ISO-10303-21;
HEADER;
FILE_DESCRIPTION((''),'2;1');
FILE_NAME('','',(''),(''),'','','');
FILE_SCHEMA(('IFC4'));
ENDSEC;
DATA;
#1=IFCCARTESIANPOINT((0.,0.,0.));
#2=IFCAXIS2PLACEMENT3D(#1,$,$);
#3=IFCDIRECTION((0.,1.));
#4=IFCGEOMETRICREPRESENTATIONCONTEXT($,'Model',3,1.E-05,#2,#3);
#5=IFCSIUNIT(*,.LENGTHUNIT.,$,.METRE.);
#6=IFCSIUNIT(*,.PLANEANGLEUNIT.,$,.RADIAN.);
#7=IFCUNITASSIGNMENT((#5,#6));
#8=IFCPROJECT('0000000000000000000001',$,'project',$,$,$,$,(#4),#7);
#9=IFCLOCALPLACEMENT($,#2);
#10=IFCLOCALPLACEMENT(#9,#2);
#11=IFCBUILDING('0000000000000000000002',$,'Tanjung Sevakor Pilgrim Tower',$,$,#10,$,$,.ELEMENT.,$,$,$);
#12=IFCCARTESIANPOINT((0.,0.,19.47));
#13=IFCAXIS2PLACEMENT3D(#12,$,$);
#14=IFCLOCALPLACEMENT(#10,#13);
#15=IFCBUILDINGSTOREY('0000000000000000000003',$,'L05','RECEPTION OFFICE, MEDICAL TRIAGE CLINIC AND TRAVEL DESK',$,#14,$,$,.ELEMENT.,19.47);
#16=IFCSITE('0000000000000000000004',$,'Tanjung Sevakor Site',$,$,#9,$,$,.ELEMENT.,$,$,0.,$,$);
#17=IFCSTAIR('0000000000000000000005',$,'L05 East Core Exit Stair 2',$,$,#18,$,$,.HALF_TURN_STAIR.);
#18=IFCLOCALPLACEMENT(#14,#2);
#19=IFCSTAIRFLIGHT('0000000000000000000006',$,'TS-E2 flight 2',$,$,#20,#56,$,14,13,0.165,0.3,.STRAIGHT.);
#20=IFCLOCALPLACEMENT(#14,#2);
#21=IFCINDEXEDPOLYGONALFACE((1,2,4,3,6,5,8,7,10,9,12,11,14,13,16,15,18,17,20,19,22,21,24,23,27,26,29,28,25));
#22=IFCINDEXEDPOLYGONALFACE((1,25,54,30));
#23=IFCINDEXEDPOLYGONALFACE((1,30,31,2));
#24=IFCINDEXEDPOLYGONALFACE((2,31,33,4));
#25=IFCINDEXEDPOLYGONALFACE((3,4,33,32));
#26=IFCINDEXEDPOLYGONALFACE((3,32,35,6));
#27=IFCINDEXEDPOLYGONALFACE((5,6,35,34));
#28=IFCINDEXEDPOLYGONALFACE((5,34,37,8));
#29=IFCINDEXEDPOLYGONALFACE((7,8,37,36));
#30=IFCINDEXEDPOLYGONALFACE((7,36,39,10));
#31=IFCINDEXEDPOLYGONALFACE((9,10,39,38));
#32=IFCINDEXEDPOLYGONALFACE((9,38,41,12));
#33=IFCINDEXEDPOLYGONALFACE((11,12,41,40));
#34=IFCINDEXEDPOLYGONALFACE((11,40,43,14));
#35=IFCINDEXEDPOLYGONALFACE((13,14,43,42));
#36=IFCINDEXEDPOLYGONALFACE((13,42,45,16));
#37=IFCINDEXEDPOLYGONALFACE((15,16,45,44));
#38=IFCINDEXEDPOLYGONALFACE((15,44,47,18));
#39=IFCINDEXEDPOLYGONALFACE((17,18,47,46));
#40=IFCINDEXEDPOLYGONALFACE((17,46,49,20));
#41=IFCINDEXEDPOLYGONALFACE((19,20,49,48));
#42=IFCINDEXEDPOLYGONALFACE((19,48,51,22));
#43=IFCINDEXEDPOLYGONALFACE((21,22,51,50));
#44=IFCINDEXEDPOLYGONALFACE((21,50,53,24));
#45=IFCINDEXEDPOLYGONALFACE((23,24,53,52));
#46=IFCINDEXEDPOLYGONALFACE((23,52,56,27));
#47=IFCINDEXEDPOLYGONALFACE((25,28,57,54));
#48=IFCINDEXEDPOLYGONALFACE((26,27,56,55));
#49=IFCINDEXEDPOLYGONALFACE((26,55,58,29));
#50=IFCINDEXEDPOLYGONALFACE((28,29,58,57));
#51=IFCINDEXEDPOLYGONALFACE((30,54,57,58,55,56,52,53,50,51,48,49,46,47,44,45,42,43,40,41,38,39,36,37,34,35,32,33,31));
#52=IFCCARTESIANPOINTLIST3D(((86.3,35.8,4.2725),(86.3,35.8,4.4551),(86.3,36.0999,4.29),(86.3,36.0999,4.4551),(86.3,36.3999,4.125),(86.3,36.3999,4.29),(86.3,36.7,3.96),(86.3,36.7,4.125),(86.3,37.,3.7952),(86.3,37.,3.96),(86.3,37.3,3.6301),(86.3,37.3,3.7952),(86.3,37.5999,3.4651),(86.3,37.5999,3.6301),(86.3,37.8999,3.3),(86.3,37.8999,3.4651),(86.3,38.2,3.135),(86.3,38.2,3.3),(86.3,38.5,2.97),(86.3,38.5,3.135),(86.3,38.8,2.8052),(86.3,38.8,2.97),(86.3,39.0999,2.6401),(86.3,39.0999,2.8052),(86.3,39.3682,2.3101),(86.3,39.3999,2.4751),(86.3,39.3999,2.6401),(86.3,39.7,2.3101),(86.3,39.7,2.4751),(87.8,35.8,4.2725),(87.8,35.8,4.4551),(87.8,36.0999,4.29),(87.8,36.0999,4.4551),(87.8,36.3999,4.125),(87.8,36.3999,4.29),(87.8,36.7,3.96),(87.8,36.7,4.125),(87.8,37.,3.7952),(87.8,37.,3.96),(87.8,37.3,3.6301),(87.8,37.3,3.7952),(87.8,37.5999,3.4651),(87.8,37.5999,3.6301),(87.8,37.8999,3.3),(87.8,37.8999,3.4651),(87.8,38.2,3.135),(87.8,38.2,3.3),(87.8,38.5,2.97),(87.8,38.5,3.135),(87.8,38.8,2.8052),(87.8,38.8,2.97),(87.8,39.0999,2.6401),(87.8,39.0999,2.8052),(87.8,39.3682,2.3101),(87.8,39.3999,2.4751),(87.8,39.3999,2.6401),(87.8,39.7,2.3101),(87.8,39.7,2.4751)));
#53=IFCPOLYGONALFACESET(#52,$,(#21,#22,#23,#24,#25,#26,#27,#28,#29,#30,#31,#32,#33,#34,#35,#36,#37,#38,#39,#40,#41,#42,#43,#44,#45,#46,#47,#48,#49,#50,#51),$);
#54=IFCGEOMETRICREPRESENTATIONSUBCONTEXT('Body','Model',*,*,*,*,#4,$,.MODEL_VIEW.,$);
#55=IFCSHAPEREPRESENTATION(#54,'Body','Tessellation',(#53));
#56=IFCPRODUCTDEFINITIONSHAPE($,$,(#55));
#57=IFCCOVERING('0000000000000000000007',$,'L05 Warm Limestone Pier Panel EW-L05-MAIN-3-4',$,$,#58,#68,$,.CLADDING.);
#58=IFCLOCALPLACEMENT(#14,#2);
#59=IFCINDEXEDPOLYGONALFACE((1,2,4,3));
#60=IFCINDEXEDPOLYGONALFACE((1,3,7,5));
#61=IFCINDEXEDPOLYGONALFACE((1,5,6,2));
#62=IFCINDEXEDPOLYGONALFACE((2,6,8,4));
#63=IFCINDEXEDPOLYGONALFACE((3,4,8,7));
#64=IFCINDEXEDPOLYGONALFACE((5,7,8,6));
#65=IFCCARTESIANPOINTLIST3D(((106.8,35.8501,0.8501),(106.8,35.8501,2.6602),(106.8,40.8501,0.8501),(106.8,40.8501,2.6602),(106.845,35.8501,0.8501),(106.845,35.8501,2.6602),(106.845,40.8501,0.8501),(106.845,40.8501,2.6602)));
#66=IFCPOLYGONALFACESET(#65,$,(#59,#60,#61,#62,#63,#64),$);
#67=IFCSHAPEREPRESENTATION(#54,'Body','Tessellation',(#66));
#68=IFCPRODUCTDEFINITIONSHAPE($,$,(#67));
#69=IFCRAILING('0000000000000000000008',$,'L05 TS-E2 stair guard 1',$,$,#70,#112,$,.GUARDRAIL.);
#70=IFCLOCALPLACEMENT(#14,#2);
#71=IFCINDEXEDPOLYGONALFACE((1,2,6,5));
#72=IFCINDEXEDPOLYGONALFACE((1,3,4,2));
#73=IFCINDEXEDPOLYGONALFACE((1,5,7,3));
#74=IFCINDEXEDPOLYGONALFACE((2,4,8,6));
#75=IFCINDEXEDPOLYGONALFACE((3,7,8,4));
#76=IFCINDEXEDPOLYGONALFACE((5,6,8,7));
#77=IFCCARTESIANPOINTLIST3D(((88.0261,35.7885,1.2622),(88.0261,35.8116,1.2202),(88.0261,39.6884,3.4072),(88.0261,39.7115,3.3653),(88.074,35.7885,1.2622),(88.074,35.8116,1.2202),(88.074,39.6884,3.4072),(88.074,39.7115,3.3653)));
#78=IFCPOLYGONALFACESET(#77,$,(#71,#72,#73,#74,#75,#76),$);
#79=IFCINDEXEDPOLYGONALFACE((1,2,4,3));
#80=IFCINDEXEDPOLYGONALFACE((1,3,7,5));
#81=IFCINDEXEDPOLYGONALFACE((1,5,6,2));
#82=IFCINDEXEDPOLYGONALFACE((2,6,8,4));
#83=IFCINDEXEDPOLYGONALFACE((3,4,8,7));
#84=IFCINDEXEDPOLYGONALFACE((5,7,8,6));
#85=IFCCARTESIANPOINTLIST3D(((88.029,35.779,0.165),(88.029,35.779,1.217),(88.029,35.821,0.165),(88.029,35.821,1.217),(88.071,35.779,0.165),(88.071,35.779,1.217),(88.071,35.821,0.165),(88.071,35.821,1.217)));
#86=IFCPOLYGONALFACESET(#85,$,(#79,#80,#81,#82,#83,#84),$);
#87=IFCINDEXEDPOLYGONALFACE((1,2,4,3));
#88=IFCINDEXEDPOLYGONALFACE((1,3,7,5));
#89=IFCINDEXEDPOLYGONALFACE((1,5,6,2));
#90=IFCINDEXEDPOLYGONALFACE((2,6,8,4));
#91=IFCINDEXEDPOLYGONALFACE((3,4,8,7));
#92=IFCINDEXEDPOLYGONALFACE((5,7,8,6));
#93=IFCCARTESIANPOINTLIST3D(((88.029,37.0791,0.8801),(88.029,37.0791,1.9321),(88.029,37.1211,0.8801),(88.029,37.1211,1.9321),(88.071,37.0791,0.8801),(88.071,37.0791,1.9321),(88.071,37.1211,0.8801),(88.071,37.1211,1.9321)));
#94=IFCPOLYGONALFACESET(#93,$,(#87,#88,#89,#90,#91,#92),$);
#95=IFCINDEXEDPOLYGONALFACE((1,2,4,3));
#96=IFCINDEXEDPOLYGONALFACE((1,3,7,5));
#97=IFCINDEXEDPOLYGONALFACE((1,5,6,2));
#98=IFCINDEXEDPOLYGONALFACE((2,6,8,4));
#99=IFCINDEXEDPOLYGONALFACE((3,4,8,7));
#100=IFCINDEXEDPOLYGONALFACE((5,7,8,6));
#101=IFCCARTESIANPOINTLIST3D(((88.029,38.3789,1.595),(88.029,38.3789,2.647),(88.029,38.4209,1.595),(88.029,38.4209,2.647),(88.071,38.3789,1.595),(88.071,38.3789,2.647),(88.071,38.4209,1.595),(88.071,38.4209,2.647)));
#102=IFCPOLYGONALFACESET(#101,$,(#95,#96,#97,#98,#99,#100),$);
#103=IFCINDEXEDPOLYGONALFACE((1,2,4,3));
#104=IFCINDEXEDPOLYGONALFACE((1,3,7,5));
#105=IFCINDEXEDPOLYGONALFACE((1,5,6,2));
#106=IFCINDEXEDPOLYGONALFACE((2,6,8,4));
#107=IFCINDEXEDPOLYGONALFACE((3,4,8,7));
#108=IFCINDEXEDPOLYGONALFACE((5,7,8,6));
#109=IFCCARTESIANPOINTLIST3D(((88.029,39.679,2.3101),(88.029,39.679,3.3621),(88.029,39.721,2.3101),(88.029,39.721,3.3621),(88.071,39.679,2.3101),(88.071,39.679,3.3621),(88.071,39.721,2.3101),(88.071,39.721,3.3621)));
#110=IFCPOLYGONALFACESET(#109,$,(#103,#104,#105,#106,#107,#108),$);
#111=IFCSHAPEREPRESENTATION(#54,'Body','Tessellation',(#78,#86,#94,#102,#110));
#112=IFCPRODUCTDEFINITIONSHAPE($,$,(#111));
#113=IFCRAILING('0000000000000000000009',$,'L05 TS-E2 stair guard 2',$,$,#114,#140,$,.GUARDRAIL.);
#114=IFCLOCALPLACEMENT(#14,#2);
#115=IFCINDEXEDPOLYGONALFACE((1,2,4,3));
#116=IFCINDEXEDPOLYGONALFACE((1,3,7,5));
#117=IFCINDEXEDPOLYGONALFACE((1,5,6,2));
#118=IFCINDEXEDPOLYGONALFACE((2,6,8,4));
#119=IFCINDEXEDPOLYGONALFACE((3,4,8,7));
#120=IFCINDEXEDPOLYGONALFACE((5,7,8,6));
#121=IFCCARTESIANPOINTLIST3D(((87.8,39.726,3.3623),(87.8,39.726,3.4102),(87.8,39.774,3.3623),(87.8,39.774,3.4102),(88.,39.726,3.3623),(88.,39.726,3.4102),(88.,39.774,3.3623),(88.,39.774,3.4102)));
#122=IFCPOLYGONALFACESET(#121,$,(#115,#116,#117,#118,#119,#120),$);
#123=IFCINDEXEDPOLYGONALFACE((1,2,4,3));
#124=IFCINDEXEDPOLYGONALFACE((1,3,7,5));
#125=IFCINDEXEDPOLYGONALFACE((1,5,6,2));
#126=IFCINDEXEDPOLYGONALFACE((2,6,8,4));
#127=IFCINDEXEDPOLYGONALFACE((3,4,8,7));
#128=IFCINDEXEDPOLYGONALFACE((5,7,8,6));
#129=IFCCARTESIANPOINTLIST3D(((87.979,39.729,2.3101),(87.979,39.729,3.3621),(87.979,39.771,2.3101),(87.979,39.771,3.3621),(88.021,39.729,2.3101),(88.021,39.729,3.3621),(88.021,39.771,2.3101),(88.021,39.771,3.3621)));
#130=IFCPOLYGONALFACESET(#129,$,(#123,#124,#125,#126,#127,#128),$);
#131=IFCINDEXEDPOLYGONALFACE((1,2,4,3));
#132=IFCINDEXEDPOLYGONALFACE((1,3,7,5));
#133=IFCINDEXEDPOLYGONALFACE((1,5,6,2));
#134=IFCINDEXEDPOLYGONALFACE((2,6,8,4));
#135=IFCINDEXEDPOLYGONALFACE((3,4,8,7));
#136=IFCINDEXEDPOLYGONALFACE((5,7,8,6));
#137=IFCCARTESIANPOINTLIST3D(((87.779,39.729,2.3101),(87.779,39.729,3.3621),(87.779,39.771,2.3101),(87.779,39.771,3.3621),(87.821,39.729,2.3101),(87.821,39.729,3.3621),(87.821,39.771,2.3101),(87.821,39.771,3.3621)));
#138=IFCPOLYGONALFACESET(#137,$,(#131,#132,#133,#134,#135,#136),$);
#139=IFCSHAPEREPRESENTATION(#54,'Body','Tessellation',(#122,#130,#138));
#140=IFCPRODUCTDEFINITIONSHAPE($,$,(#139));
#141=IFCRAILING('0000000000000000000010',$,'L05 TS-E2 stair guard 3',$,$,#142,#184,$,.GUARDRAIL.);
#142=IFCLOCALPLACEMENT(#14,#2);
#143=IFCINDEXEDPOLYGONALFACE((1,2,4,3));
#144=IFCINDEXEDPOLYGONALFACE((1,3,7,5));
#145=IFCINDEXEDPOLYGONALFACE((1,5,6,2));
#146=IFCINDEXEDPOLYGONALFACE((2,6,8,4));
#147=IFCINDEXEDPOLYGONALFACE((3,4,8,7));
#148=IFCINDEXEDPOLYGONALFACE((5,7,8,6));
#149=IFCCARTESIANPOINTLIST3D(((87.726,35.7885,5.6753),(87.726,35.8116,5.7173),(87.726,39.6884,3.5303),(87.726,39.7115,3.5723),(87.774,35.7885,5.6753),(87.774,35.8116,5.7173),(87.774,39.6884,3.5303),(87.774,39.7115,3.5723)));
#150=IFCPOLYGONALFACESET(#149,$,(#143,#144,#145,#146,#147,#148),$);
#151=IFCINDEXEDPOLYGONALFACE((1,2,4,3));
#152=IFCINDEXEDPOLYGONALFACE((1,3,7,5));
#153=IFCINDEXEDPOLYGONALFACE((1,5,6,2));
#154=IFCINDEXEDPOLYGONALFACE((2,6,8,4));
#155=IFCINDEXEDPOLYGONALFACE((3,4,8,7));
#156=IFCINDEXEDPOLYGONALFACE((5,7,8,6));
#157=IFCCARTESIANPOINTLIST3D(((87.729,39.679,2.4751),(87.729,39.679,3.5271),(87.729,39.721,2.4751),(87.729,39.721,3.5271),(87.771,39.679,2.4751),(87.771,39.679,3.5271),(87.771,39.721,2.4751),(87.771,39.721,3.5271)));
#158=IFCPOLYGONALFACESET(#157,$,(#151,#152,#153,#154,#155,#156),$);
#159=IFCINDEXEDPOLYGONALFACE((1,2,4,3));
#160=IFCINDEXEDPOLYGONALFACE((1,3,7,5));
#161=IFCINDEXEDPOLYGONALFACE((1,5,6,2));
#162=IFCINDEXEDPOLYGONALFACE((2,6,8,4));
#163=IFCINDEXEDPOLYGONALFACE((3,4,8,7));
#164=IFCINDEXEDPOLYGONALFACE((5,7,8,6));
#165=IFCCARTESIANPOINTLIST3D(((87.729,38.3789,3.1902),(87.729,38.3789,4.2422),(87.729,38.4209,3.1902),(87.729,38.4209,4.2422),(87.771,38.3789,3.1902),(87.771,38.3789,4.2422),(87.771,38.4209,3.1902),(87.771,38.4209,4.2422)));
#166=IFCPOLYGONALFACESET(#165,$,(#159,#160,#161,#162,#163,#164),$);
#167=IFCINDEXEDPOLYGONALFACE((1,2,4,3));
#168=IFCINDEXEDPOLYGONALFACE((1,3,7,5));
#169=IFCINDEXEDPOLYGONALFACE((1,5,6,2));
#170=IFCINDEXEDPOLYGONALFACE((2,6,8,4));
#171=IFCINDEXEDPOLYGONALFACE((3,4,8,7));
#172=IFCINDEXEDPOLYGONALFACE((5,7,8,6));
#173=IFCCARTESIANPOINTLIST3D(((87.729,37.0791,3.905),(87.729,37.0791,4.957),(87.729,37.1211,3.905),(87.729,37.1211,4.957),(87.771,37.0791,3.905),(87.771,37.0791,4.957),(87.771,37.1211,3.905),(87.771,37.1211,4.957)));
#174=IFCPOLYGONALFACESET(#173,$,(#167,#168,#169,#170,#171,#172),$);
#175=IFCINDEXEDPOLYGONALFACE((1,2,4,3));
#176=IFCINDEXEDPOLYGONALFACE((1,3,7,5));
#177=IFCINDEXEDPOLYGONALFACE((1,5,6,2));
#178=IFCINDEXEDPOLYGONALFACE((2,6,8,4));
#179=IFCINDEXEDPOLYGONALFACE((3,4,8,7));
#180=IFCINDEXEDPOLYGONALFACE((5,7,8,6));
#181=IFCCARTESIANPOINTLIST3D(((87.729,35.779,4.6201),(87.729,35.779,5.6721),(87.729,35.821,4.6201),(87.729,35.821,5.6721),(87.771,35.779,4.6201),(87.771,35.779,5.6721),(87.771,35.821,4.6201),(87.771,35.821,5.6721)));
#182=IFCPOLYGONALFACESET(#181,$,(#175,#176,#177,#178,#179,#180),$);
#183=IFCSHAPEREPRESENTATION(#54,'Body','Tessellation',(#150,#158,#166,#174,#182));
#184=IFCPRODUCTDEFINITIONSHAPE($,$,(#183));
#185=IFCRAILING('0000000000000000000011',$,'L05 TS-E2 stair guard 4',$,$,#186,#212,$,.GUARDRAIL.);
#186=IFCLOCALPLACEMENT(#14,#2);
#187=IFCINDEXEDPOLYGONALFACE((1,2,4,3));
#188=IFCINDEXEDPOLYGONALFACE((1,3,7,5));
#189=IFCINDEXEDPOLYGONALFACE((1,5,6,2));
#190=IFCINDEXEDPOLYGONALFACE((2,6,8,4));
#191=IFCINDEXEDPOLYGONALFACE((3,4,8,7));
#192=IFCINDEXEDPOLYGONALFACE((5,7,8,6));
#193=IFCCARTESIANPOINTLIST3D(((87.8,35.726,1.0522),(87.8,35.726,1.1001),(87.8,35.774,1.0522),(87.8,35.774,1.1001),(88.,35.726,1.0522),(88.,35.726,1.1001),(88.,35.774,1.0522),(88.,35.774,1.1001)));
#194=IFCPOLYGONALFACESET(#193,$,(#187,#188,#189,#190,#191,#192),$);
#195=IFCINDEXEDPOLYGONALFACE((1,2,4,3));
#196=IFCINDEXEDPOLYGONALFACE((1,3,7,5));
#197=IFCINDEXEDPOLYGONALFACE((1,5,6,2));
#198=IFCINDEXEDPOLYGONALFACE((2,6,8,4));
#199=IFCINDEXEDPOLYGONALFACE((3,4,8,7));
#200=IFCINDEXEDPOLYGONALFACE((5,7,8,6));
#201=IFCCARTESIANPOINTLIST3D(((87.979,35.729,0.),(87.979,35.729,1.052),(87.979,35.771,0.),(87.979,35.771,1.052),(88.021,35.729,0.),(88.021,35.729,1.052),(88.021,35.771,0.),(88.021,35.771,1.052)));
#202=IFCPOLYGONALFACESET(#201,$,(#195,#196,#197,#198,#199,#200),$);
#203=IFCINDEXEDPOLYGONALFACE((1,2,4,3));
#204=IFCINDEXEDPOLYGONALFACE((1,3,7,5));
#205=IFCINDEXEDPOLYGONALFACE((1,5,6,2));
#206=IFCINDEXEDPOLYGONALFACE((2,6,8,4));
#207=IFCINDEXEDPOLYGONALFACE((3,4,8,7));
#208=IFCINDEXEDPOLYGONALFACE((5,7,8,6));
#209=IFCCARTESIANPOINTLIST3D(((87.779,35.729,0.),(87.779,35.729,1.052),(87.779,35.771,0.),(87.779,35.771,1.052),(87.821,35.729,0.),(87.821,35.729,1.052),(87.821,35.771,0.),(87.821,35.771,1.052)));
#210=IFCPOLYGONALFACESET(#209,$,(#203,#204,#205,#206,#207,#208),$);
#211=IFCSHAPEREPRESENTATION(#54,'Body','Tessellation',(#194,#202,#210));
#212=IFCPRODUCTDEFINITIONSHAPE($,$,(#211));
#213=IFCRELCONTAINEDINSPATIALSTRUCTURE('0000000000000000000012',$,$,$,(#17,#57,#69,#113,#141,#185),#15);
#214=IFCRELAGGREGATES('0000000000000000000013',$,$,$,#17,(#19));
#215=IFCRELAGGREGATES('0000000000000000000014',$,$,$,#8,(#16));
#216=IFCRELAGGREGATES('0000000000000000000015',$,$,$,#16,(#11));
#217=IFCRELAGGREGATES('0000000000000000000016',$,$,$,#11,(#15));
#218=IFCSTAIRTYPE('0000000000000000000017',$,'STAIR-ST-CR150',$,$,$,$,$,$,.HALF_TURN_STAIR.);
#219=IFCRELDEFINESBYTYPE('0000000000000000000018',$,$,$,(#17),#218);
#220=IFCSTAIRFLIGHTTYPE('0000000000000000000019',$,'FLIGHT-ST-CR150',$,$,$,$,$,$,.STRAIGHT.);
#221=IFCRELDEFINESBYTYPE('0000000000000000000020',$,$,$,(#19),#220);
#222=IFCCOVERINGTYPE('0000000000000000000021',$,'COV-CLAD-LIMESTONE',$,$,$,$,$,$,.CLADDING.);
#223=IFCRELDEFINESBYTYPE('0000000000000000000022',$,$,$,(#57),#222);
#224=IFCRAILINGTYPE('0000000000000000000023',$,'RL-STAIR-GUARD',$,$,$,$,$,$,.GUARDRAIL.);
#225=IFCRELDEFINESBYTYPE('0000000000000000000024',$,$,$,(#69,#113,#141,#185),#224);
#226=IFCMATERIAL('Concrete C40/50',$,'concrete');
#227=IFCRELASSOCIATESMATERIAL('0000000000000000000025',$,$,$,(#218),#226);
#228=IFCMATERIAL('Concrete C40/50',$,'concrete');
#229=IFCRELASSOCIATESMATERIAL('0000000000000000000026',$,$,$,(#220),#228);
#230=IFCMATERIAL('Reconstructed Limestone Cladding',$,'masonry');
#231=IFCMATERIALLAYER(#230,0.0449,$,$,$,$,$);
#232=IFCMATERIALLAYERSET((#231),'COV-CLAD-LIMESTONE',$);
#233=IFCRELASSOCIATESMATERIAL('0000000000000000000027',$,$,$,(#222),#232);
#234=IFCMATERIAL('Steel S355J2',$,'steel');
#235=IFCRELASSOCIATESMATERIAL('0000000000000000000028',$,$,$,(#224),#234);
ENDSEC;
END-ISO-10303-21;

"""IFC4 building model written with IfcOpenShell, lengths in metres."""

from ifc_helpers import new_model, si_unit, direction, frame, origin, origin_2d, place, context, subcontext, project, spatial, polyline, rectangle, outline, extrude, material, layer, layer_set, type_object, element, aggregate, save


model = new_model("IFC4")

# Units and contexts
model_context = context("Model", 3, precision=1e-05, world=origin(), true_north=direction((0.0, 1.0)))
body_context = subcontext(model_context, "Body", "Model", "MODEL_VIEW")
ifc_project = project(units=[si_unit("LENGTHUNIT", "METRE"), si_unit("PLANEANGLEUNIT", "RADIAN")], contexts=[model_context])

# Site, building, storey
site_placement = place(None, origin())
site = spatial("IfcSite", under=ifc_project, at=site_placement, Name="Tanjung Sevakor Site", CompositionType="ELEMENT", RefElevation=0.0)
building_placement = place(site_placement, origin())
building = spatial("IfcBuilding", under=site, at=building_placement, Name="Tanjung Sevakor Pilgrim Tower", CompositionType="ELEMENT")
storey_placement = place(building_placement, frame((0.0, 0.0, 19.47)))
storey = spatial("IfcBuildingStorey", under=building, at=storey_placement, Name="L05", Description="RECEPTION OFFICE, MEDICAL TRIAGE CLINIC AND TRAVEL DESK", CompositionType="ELEMENT", Elevation=19.47)

# Stair, stair flight
ifc_material_1 = material(Name="Concrete C40/50", Category="concrete")
stair_type = type_object("IfcStairType", Name="STAIR-ST-CR150", PredefinedType="HALF_TURN_STAIR", material=ifc_material_1)
stair_placement = place(storey_placement, origin())
stair = element("IfcStair", 1, at=stair_placement, inside=storey, type_object=stair_type, Name="L05 East Core Exit Stair 2", PredefinedType="HALF_TURN_STAIR")
ifc_material_2 = material(Name="Concrete C40/50", Category="concrete")
stair_flight_type = type_object("IfcStairFlightType", Name="FLIGHT-ST-CR150", PredefinedType="STRAIGHT", material=ifc_material_2)
stair_flight_1_placement = place(storey_placement, frame((87.05, 39.7, 2.3101), z_axis=(0.0, 0.0, 1.0), x_axis=(0.0, -1.0, 0.0)))
stair_flight_1 = element("IfcStairFlight", 2, at=stair_flight_1_placement, type_object=stair_flight_type, Name="TS-E2 flight 2", NumberOfRisers=14, NumberOfTreads=13, PredefinedType="STRAIGHT", RiserHeight=0.165, TreadLength=0.3, context=body_context, shape_type="SweptSolid", body=[
    extrude(outline(polyline([(0.0, 0.0), (0.0, 0.165), (0.3, 0.165), (0.3, 0.3301), (0.6001, 0.3301), (0.6001, 0.4951), (0.8999, 0.4951), (0.8999, 0.6599), (1.2, 0.6599), (1.2, 0.825), (1.5, 0.825), (1.5, 0.99), (1.8, 0.99), (1.8, 1.155), (2.1001, 1.155), (2.1001, 1.3201), (2.3999, 1.3201), (2.3999, 1.4851), (2.7, 1.4851), (2.7, 1.6499), (3.0, 1.6499), (3.0, 1.8149), (3.3, 1.8149), (3.3, 1.98), (3.6001, 1.98), (3.6001, 2.145), (3.8999, 2.145), (3.8999, 2.3101), (3.8999, 1.9624), (0.3318, 0.0), (0.0, 0.0)])), frame((0.0, 0.75, 0.0), z_axis=(0.0, -1.0, 0.0), x_axis=(1.0, 0.0, 0.0)), (0.0, 0.0, 1.0), 1.5),
])
aggregate(stair, [stair_flight_1])

# Covering
ifc_material_3 = material(Name="Reconstructed Limestone Cladding", Category="masonry")
ifc_layer_1 = layer(ifc_material_3, 0.0449)
ifc_layer_set_1 = layer_set([ifc_layer_1], Name="COV-CLAD-LIMESTONE")
covering_type = type_object("IfcCoveringType", Name="COV-CLAD-LIMESTONE", PredefinedType="CLADDING", material=ifc_layer_set_1)
covering_placement = place(storey_placement, frame((106.8225, 38.3501, 0.8501), z_axis=(0.0, 0.0, 1.0), x_axis=(0.0, 1.0, 0.0)))
element("IfcCovering", 3, at=covering_placement, inside=storey, type_object=covering_type, Name="L05 Warm Limestone Pier Panel EW-L05-MAIN-3-4", PredefinedType="CLADDING", context=body_context, shape_type="SweptSolid", body=[
    extrude(rectangle(XDim=5.0, YDim=0.0449, at=origin_2d()), origin(), (0.0, 0.0, 1.0), 1.8101),
])

# Railings
ifc_material_4 = material(Name="Steel S355J2", Category="steel")
railing_type_1 = type_object("IfcRailingType", Name="RL-STAIR-GUARD", PredefinedType="GUARDRAIL", material=ifc_material_4)
railing_1_placement = place(storey_placement, frame((88.05, 35.8, 0.165)))
element("IfcRailing", 4, at=railing_1_placement, inside=storey, type_object=railing_type_1, Name="L05 TS-E2 stair guard 1", PredefinedType="GUARDRAIL", context=body_context, shape_type="SweptSolid", body=[
    extrude(rectangle(XDim=0.0479, YDim=0.0479), frame((0.0, 0.0, 1.0762), z_axis=(0.0, 0.876209, 0.481931), x_axis=(-1.0, 0.0, 0.0)), (0.0, 0.0, 1.0), 4.4509),
    extrude(rectangle(XDim=0.042, YDim=0.042), origin(), (0.0, 0.0, 1.0), 1.052),
    extrude(rectangle(XDim=0.042, YDim=0.042), frame((0.0, 1.3, 0.7151)), (0.0, 0.0, 1.0), 1.052),
    extrude(rectangle(XDim=0.042, YDim=0.042), frame((0.0, 2.5999, 1.4299)), (0.0, 0.0, 1.0), 1.052),
    extrude(rectangle(XDim=0.042, YDim=0.042), frame((0.0, 3.8999, 2.145)), (0.0, 0.0, 1.0), 1.052),
])
railing_2_placement = place(storey_placement, frame((88.0, 39.75, 2.3101)))
element("IfcRailing", 5, at=railing_2_placement, inside=storey, type_object=railing_type_1, Name="L05 TS-E2 stair guard 2", PredefinedType="GUARDRAIL", context=body_context, shape_type="SweptSolid", body=[
    extrude(rectangle(XDim=0.0479, YDim=0.0479), frame((0.0, 0.0, 1.0762), z_axis=(-1.0, 0.0, 0.0), x_axis=(0.0, -1.0, 0.0)), (0.0, 0.0, 1.0), 0.2),
    extrude(rectangle(XDim=0.042, YDim=0.042), origin(), (0.0, 0.0, 1.0), 1.052),
    extrude(rectangle(XDim=0.042, YDim=0.042), frame((-0.2, 0.0, 0.0)), (0.0, 0.0, 1.0), 1.052),
])
railing_3_placement = place(storey_placement, frame((87.75, 39.7, 2.4751)))
element("IfcRailing", 6, at=railing_3_placement, inside=storey, type_object=railing_type_1, Name="L05 TS-E2 stair guard 3", PredefinedType="GUARDRAIL", context=body_context, shape_type="SweptSolid", body=[
    extrude(rectangle(XDim=0.0479, YDim=0.0479), frame((0.0, 0.0, 1.0762), z_axis=(0.0, -0.876209, 0.481931), x_axis=(1.0, 0.0, 0.0)), (0.0, 0.0, 1.0), 4.4509),
    extrude(rectangle(XDim=0.042, YDim=0.042), origin(), (0.0, 0.0, 1.0), 1.052),
    extrude(rectangle(XDim=0.042, YDim=0.042), frame((0.0, -1.3, 0.7151)), (0.0, 0.0, 1.0), 1.052),
    extrude(rectangle(XDim=0.042, YDim=0.042), frame((0.0, -2.5999, 1.4299)), (0.0, 0.0, 1.0), 1.052),
    extrude(rectangle(XDim=0.042, YDim=0.042), frame((0.0, -3.8999, 2.145)), (0.0, 0.0, 1.0), 1.052),
])
railing_4_placement = place(storey_placement, frame((88.0, 35.75, 0.0)))
element("IfcRailing", 7, at=railing_4_placement, inside=storey, type_object=railing_type_1, Name="L05 TS-E2 stair guard 4", PredefinedType="GUARDRAIL", context=body_context, shape_type="SweptSolid", body=[
    extrude(rectangle(XDim=0.0479, YDim=0.0479), frame((0.0, 0.0, 1.0762), z_axis=(-1.0, 0.0, 0.0), x_axis=(0.0, -1.0, 0.0)), (0.0, 0.0, 1.0), 0.2),
    extrude(rectangle(XDim=0.042, YDim=0.042), origin(), (0.0, 0.0, 1.0), 1.052),
    extrude(rectangle(XDim=0.042, YDim=0.042), frame((-0.2, 0.0, 0.0)), (0.0, 0.0, 1.0), 1.052),
])

save(model, "model.ifc")
